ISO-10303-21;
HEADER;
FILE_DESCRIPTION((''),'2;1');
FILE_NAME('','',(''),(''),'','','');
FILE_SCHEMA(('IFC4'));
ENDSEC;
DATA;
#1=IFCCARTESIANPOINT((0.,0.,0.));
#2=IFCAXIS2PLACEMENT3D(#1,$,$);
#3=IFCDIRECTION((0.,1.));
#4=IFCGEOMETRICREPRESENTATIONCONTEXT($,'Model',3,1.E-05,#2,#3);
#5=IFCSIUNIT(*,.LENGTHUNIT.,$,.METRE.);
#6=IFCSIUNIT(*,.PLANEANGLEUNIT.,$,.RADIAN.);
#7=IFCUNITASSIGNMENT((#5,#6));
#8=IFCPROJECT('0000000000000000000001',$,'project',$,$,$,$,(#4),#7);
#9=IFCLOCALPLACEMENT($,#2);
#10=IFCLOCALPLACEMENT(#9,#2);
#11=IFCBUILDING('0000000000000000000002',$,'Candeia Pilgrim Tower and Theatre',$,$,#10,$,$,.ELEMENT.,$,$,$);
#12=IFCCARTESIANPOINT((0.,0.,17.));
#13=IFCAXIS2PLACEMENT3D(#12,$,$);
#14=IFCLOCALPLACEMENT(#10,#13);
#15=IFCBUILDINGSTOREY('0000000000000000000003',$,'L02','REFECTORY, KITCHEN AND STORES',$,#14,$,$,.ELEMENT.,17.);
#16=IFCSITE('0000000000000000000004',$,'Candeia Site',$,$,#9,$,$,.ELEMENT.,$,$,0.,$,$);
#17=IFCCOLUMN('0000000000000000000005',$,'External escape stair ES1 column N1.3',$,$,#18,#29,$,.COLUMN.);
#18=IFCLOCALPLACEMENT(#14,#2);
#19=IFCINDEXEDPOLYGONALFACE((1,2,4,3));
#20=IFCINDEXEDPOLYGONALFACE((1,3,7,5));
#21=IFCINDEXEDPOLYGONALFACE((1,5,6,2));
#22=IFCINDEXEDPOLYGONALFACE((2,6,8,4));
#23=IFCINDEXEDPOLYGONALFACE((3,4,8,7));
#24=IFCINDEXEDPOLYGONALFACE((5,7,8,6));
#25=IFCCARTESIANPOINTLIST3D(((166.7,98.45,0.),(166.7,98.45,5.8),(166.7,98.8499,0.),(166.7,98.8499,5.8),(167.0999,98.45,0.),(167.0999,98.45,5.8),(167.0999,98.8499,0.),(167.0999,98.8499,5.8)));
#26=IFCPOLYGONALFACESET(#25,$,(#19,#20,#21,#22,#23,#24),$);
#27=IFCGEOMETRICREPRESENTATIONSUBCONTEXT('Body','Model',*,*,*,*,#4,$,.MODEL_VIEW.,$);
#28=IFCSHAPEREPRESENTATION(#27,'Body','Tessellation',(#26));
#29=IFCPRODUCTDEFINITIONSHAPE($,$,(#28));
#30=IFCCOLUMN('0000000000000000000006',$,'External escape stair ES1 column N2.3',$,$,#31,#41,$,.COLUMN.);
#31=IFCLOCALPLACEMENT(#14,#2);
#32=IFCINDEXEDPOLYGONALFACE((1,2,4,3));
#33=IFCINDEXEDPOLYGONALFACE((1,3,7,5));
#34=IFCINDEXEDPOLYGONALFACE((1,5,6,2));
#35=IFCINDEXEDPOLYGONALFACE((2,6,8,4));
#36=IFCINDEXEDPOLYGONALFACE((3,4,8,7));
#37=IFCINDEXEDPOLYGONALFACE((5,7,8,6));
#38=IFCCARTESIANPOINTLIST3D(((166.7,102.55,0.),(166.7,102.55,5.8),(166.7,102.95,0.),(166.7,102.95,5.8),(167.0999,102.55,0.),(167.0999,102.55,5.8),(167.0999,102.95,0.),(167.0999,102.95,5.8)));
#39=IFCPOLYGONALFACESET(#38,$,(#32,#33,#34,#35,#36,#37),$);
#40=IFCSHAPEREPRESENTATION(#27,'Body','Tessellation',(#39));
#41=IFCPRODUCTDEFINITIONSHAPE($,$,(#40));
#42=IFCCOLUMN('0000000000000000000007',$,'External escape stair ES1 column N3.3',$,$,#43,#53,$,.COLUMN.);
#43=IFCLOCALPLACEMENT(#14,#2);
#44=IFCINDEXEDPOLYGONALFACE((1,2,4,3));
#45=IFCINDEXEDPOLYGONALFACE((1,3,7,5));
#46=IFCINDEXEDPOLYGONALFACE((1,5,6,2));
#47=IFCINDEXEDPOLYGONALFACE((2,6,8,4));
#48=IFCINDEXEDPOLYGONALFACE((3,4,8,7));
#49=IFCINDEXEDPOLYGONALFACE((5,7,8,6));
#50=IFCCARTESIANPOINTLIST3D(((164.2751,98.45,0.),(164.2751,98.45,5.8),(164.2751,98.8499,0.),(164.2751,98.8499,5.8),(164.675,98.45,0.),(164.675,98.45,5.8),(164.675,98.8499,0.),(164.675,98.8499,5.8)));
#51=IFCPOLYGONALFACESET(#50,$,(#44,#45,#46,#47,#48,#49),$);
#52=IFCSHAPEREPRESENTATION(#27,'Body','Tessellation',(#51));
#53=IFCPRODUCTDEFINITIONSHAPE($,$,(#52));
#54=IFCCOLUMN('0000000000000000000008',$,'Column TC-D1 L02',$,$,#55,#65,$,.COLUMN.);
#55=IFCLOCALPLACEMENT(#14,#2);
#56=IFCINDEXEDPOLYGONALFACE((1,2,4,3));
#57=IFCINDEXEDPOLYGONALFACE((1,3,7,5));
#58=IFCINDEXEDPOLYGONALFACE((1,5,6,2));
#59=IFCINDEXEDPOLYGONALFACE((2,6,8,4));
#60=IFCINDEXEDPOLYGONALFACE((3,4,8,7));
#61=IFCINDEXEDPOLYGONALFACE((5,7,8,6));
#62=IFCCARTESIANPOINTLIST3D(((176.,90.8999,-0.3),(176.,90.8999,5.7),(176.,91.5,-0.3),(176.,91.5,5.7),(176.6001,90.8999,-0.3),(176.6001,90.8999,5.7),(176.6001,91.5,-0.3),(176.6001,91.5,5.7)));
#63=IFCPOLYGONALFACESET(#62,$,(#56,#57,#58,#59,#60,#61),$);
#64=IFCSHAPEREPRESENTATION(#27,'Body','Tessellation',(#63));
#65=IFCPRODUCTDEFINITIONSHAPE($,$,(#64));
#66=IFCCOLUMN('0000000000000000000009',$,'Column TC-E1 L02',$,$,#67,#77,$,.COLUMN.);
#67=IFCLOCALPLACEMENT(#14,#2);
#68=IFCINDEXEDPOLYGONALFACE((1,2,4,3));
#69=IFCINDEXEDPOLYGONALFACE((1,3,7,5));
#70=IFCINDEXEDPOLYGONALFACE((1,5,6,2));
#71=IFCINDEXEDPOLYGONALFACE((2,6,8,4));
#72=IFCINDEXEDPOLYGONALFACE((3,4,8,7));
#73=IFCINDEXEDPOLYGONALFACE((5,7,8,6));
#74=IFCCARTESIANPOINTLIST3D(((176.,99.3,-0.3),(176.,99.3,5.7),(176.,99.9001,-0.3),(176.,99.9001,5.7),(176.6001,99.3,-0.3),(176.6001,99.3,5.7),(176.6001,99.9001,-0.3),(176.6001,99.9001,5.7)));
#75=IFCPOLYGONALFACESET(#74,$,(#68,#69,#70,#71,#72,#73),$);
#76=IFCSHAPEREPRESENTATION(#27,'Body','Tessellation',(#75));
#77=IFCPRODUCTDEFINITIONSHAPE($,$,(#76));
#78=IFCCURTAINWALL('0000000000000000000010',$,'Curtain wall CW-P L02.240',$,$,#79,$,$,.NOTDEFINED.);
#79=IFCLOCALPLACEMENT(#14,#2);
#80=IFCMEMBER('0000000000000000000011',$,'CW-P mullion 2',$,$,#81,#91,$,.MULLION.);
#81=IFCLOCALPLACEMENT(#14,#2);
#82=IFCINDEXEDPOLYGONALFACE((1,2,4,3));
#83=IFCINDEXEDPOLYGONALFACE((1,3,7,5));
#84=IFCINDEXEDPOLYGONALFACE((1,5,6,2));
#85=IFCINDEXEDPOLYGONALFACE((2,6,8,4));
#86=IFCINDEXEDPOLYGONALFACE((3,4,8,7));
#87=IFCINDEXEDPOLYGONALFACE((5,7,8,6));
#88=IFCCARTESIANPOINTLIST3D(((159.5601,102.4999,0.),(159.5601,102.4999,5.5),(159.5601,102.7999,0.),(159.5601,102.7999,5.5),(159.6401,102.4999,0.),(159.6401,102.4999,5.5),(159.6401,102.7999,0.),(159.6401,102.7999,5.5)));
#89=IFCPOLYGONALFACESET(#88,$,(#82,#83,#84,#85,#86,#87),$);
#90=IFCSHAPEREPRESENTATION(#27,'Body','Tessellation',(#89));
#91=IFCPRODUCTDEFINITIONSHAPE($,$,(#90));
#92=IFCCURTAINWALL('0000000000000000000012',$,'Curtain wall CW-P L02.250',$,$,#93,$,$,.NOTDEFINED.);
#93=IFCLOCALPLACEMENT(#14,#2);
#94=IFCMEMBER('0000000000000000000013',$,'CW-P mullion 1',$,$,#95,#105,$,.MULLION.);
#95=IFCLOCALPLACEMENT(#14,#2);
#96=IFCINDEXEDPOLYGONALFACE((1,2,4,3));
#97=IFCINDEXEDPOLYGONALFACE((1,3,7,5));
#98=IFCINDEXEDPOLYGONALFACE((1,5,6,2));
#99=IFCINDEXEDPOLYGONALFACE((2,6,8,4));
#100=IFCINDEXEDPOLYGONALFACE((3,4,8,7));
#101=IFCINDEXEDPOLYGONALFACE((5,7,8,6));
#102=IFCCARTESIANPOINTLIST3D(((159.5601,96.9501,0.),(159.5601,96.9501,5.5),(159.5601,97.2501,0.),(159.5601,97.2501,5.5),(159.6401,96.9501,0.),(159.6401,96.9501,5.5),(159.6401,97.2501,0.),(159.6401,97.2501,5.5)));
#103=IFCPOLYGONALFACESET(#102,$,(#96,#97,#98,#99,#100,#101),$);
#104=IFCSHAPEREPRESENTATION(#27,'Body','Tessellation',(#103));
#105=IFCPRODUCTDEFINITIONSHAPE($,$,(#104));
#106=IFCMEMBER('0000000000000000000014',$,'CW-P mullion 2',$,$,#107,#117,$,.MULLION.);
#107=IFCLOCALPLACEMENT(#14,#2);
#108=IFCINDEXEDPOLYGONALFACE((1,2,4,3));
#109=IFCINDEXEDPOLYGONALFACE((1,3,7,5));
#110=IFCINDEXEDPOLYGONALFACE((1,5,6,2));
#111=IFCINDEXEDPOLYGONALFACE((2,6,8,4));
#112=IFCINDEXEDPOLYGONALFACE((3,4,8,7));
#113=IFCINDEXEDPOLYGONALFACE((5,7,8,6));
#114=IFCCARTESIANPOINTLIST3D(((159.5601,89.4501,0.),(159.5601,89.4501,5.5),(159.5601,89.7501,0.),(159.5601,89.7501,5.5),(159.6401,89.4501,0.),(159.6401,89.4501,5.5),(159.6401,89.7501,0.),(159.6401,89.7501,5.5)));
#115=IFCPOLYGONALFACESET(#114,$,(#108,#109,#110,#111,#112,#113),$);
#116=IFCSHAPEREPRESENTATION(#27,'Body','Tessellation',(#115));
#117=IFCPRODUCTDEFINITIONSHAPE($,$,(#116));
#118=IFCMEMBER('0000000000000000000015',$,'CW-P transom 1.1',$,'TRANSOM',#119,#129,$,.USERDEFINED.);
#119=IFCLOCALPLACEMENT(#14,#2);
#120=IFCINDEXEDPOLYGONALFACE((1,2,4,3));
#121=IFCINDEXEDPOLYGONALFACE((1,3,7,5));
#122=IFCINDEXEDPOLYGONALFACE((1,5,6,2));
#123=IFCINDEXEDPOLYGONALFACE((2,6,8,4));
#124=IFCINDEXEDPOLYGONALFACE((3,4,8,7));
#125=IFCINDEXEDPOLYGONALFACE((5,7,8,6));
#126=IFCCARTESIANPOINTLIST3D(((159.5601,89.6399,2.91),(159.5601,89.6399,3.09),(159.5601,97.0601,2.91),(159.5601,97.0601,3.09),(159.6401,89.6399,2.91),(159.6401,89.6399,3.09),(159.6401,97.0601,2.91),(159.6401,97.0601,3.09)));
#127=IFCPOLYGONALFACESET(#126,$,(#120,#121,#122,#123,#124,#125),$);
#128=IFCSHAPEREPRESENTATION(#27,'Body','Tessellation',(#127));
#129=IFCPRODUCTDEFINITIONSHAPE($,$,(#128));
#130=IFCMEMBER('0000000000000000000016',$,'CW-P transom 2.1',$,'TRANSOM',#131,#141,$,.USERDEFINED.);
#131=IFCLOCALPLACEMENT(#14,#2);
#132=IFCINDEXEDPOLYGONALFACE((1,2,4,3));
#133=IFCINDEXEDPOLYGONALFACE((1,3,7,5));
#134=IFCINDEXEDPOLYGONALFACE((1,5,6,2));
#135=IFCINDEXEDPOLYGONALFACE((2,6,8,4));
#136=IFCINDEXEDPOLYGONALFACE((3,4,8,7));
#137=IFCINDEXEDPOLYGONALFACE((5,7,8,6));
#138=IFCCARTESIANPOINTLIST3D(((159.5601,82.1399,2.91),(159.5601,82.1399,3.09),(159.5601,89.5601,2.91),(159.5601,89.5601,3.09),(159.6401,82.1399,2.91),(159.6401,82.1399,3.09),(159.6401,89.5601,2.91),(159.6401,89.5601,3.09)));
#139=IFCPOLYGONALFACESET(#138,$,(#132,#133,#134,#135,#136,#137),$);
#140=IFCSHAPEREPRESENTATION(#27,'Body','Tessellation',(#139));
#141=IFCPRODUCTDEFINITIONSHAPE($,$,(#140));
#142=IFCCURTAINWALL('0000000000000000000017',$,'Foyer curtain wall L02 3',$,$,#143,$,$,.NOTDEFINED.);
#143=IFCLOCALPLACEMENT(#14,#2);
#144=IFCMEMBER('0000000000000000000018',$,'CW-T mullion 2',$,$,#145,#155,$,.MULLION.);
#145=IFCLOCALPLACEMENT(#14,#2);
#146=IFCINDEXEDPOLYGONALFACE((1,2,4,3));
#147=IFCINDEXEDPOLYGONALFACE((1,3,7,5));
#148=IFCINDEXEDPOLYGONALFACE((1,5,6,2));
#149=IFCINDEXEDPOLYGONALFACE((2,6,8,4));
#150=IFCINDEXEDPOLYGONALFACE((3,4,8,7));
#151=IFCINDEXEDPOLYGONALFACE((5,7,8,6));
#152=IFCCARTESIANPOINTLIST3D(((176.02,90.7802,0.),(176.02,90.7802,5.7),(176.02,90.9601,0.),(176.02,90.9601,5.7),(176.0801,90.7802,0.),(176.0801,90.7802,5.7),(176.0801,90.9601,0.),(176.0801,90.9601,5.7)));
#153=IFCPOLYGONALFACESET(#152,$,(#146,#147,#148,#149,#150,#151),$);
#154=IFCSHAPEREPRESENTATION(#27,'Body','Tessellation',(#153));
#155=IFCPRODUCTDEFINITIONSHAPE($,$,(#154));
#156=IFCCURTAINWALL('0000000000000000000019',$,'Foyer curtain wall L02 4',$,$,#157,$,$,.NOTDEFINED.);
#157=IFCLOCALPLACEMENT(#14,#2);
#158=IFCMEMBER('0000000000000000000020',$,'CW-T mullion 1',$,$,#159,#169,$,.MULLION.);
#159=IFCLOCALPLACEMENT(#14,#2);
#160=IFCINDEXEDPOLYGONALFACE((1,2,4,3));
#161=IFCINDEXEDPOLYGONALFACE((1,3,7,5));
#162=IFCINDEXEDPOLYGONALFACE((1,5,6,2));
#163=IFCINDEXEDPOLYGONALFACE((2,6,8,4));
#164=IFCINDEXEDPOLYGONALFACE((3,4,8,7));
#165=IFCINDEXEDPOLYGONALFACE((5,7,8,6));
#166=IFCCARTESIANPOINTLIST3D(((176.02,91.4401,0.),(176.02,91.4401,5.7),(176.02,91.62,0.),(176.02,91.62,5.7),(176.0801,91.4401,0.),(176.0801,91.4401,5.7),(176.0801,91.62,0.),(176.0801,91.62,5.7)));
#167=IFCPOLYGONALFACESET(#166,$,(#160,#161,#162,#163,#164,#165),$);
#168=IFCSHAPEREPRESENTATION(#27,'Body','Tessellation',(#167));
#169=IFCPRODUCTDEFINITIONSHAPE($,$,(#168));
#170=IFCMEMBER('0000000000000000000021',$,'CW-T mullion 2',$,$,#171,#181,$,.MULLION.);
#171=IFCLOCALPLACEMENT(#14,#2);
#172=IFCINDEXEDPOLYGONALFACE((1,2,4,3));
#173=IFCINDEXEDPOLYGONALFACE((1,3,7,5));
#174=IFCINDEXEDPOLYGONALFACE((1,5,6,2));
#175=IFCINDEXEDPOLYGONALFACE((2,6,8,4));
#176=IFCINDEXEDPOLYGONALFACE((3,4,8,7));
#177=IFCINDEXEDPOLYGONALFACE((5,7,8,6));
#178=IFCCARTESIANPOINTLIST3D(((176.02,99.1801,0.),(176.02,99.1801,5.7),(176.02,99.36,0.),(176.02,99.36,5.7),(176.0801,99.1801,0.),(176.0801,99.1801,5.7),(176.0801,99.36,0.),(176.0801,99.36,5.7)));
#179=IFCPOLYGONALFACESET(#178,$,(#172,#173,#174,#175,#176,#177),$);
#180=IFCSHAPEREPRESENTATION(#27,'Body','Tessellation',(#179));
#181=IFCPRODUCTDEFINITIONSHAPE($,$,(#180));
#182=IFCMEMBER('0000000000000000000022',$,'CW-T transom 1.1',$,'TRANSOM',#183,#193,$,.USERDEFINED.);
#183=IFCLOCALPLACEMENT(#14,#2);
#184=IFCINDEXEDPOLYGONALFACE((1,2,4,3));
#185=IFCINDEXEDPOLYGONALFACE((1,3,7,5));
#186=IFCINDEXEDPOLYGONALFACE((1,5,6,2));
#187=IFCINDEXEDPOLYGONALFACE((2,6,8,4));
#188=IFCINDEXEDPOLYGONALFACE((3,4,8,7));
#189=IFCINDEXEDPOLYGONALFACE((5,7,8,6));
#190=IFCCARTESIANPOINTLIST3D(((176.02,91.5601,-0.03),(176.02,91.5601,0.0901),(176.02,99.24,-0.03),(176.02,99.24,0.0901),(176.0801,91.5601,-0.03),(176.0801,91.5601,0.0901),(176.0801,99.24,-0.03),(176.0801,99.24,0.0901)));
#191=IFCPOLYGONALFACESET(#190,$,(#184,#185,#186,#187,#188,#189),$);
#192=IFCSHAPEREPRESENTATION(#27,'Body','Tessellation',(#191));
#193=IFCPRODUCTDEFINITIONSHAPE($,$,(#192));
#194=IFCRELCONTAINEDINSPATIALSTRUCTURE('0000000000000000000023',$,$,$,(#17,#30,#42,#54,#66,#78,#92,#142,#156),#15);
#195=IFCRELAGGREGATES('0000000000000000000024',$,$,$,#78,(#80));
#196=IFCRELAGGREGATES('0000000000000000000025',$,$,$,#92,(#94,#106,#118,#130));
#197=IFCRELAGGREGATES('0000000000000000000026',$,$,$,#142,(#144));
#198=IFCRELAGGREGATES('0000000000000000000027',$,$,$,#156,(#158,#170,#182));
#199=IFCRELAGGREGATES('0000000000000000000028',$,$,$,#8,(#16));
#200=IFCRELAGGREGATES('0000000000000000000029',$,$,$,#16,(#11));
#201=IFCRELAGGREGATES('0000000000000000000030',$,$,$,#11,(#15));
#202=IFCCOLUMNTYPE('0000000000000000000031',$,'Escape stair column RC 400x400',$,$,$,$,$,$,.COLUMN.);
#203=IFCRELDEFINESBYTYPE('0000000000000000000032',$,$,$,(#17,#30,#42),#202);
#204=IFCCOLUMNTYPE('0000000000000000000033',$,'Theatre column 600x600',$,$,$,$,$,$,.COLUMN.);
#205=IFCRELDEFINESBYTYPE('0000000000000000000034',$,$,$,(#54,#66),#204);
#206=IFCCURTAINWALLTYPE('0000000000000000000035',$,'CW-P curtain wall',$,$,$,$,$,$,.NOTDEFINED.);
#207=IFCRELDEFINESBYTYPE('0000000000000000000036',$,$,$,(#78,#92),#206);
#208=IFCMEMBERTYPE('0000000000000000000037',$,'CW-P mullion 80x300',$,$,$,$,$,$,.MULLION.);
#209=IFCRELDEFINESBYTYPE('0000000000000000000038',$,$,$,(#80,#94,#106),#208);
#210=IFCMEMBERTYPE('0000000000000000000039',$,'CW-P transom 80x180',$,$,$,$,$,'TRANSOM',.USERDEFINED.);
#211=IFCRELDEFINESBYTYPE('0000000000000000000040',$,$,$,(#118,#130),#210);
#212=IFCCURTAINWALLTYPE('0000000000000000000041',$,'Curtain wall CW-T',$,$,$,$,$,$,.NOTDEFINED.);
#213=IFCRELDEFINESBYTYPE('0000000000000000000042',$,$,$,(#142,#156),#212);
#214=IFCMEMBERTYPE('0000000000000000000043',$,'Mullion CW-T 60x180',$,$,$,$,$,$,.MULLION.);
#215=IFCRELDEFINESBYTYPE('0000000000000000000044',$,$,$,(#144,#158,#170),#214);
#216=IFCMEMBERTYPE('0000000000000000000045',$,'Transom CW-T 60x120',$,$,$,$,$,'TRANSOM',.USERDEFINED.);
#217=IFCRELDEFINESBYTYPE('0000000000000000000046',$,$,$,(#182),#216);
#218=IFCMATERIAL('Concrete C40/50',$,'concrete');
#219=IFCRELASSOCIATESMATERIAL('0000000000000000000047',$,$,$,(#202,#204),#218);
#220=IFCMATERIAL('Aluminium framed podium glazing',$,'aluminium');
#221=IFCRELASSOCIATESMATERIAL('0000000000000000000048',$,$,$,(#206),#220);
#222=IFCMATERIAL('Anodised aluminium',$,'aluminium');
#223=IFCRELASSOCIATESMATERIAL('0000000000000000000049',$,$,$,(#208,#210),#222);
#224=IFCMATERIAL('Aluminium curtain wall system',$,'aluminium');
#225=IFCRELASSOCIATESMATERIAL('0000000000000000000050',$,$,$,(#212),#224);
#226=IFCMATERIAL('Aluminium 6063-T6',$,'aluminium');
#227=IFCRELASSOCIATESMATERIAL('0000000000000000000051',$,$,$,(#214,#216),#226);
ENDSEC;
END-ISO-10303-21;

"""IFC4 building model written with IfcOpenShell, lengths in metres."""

from ifc_helpers import new_model, si_unit, direction, frame, origin, origin_2d, place, context, subcontext, project, spatial, rectangle, extrude, material, material_profile, profile_set, type_object, element, aggregate, save


model = new_model("IFC4")

# Units and contexts
model_context = context("Model", 3, precision=1e-05, world=origin(), true_north=direction((0.0, 1.0)))
body_context = subcontext(model_context, "Body", "Model", "MODEL_VIEW")
ifc_project = project(units=[si_unit("LENGTHUNIT", "METRE"), si_unit("PLANEANGLEUNIT", "RADIAN")], contexts=[model_context])

# Site, building, storey
site_placement = place(None, origin())
site = spatial("IfcSite", under=ifc_project, at=site_placement, Name="Candeia Site", CompositionType="ELEMENT", RefElevation=0.0)
building_placement = place(site_placement, origin())
building = spatial("IfcBuilding", under=site, at=building_placement, Name="Candeia Pilgrim Tower and Theatre", CompositionType="ELEMENT")
storey_placement = place(building_placement, frame((0.0, 0.0, 17.0)))
storey = spatial("IfcBuildingStorey", under=building, at=storey_placement, Name="L02", Description="REFECTORY, KITCHEN AND STORES", CompositionType="ELEMENT", Elevation=17.0)

# Columns
ifc_material_1 = material(Name="Concrete C40/50", Category="concrete")
ifc_material_profile_1 = material_profile(ifc_material_1, rectangle(XDim=0.3999, YDim=0.3999, at=origin_2d()))
ifc_profile_set_1 = profile_set([ifc_material_profile_1], Name="Concrete C40/50")
column_type_1 = type_object("IfcColumnType", Name="Escape stair column RC 400x400", PredefinedType="COLUMN", material=ifc_profile_set_1)
for number, where, z_axis, x_axis, name in (
    (1, (166.8999, 98.6499, 0.0), (0.0, 0.0, 1.0), (1.0, 0.0, 0.0), "External escape stair ES1 column N1.3"),
    (2, (166.8999, 102.75, 0.0), (0.0, 0.0, 1.0), (1.0, 0.0, 0.0), "External escape stair ES1 column N2.3"),
    (3, (164.4751, 98.6499, 0.0), (0.0, 0.0, 1.0), (1.0, 0.0, 0.0), "External escape stair ES1 column N3.3"),
):
    element("IfcColumn", number, at=place(storey_placement, frame(where, z_axis=z_axis, x_axis=x_axis)), inside=storey, type_object=column_type_1, Name=name, PredefinedType="COLUMN", context=body_context, shape_type="SweptSolid", body=[
        extrude(rectangle(XDim=0.3999, YDim=0.3999, at=origin_2d()), origin(), (0.0, 0.0, 1.0), 5.8),
    ])
ifc_material_profile_2 = material_profile(ifc_material_1, rectangle(XDim=0.6001, YDim=0.6001, at=origin_2d()))
ifc_profile_set_2 = profile_set([ifc_material_profile_2], Name="Concrete C40/50")
column_type_2 = type_object("IfcColumnType", Name="Theatre column 600x600", PredefinedType="COLUMN", material=ifc_profile_set_2)
for number, where, z_axis, x_axis, name in (
    (4, (176.3, 91.2, -0.3), (0.0, 0.0, 1.0), (1.0, 0.0, 0.0), "Column TC-D1 L02"),
    (5, (176.3, 99.6001, -0.3), (0.0, 0.0, 1.0), (1.0, 0.0, 0.0), "Column TC-E1 L02"),
):
    element("IfcColumn", number, at=place(storey_placement, frame(where, z_axis=z_axis, x_axis=x_axis)), inside=storey, type_object=column_type_2, Name=name, PredefinedType="COLUMN", context=body_context, shape_type="SweptSolid", body=[
        extrude(rectangle(XDim=0.6001, YDim=0.6001, at=origin_2d()), origin(), (0.0, 0.0, 1.0), 6.0),
    ])

# Curtain wall, member
ifc_material_2 = material(Name="Aluminium framed podium glazing", Category="aluminium")
curtain_wall_type_1 = type_object("IfcCurtainWallType", Name="CW-P curtain wall", PredefinedType="NOTDEFINED", material=ifc_material_2)
curtain_wall_1_placement = place(storey_placement, origin())
curtain_wall_1 = element("IfcCurtainWall", 6, at=curtain_wall_1_placement, inside=storey, type_object=curtain_wall_type_1, Name="Curtain wall CW-P L02.240", PredefinedType="NOTDEFINED")
ifc_material_3 = material(Name="Anodised aluminium", Category="aluminium")
ifc_material_profile_3 = material_profile(ifc_material_3, rectangle(XDim=0.0801, YDim=0.3, at=origin_2d()))
ifc_profile_set_3 = profile_set([ifc_material_profile_3], Name="Anodised aluminium")
member_type_1 = type_object("IfcMemberType", Name="CW-P mullion 80x300", PredefinedType="MULLION", material=ifc_profile_set_3)
member_1_placement = place(storey_placement, frame((159.6001, 102.6499, 0.0), z_axis=(0.0, 0.0, 1.0), x_axis=(1.0, 0.0, 0.0)))
member_1 = element("IfcMember", 7, at=member_1_placement, type_object=member_type_1, Name="CW-P mullion 2", PredefinedType="MULLION", context=body_context, shape_type="SweptSolid", body=[
    extrude(rectangle(XDim=0.0801, YDim=0.3, at=origin_2d()), origin(), (0.0, 0.0, 1.0), 5.5),
])
aggregate(curtain_wall_1, [member_1])

# Curtain wall, members
curtain_wall_2_placement = place(storey_placement, origin())
curtain_wall_2 = element("IfcCurtainWall", 8, at=curtain_wall_2_placement, inside=storey, type_object=curtain_wall_type_1, Name="Curtain wall CW-P L02.250", PredefinedType="NOTDEFINED")
member_2_placement = place(storey_placement, frame((159.6001, 97.1001, 0.0), z_axis=(0.0, 0.0, 1.0), x_axis=(1.0, 0.0, 0.0)))
member_2 = element("IfcMember", 9, at=member_2_placement, type_object=member_type_1, Name="CW-P mullion 1", PredefinedType="MULLION", context=body_context, shape_type="SweptSolid", body=[
    extrude(rectangle(XDim=0.0801, YDim=0.3, at=origin_2d()), origin(), (0.0, 0.0, 1.0), 5.5),
])
member_3_placement = place(storey_placement, frame((159.6001, 89.6001, 0.0), z_axis=(0.0, 0.0, 1.0), x_axis=(1.0, 0.0, 0.0)))
member_3 = element("IfcMember", 10, at=member_3_placement, type_object=member_type_1, Name="CW-P mullion 2", PredefinedType="MULLION", context=body_context, shape_type="SweptSolid", body=[
    extrude(rectangle(XDim=0.0801, YDim=0.3, at=origin_2d()), origin(), (0.0, 0.0, 1.0), 5.5),
])
ifc_material_profile_4 = material_profile(ifc_material_3, rectangle(XDim=0.0801, YDim=0.1799, at=origin_2d()))
ifc_profile_set_4 = profile_set([ifc_material_profile_4], Name="Anodised aluminium")
member_type_2 = type_object("IfcMemberType", Name="CW-P transom 80x180", ElementType="TRANSOM", PredefinedType="USERDEFINED", material=ifc_profile_set_4)
member_4_placement = place(storey_placement, frame((159.6001, 97.0601, 3.0), z_axis=(0.0, -1.0, 0.0), x_axis=(1.0, 0.0, 0.0)))
member_4 = element("IfcMember", 11, at=member_4_placement, type_object=member_type_2, Name="CW-P transom 1.1", ObjectType="TRANSOM", PredefinedType="USERDEFINED", context=body_context, shape_type="SweptSolid", body=[
    extrude(rectangle(XDim=0.0801, YDim=0.1799, at=origin_2d()), origin(), (0.0, 0.0, 1.0), 7.4202),
])
member_5_placement = place(storey_placement, frame((159.6001, 89.5601, 3.0), z_axis=(0.0, -1.0, 0.0), x_axis=(1.0, 0.0, 0.0)))
member_5 = element("IfcMember", 12, at=member_5_placement, type_object=member_type_2, Name="CW-P transom 2.1", ObjectType="TRANSOM", PredefinedType="USERDEFINED", context=body_context, shape_type="SweptSolid", body=[
    extrude(rectangle(XDim=0.0801, YDim=0.1799, at=origin_2d()), origin(), (0.0, 0.0, 1.0), 7.4202),
])

# Curtain wall, member
ifc_material_4 = material(Name="Aluminium curtain wall system", Category="aluminium")
curtain_wall_type_2 = type_object("IfcCurtainWallType", Name="Curtain wall CW-T", PredefinedType="NOTDEFINED", material=ifc_material_4)
curtain_wall_3_placement = place(storey_placement, origin())
curtain_wall_3 = element("IfcCurtainWall", 13, at=curtain_wall_3_placement, inside=storey, type_object=curtain_wall_type_2, Name="Foyer curtain wall L02 3", PredefinedType="NOTDEFINED")
ifc_material_5 = material(Name="Aluminium 6063-T6", Category="aluminium")
ifc_material_profile_5 = material_profile(ifc_material_5, rectangle(XDim=0.0601, YDim=0.1799, at=origin_2d()))
ifc_profile_set_5 = profile_set([ifc_material_profile_5], Name="Aluminium 6063-T6")
member_type_3 = type_object("IfcMemberType", Name="Mullion CW-T 60x180", PredefinedType="MULLION", material=ifc_profile_set_5)
member_6_placement = place(storey_placement, frame((176.05, 90.8701, 0.0), z_axis=(0.0, 0.0, 1.0), x_axis=(-1.0, 0.0, 0.0)))
member_6 = element("IfcMember", 14, at=member_6_placement, type_object=member_type_3, Name="CW-T mullion 2", PredefinedType="MULLION", context=body_context, shape_type="SweptSolid", body=[
    extrude(rectangle(XDim=0.0601, YDim=0.1799, at=origin_2d()), origin(), (0.0, 0.0, 1.0), 5.7),
])

# Curtain wall, members
curtain_wall_4_placement = place(storey_placement, origin())
curtain_wall_4 = element("IfcCurtainWall", 15, at=curtain_wall_4_placement, inside=storey, type_object=curtain_wall_type_2, Name="Foyer curtain wall L02 4", PredefinedType="NOTDEFINED")
member_7_placement = place(storey_placement, frame((176.05, 91.53, 0.0), z_axis=(0.0, 0.0, 1.0), x_axis=(-1.0, 0.0, 0.0)))
member_7 = element("IfcMember", 16, at=member_7_placement, type_object=member_type_3, Name="CW-T mullion 1", PredefinedType="MULLION", context=body_context, shape_type="SweptSolid", body=[
    extrude(rectangle(XDim=0.0601, YDim=0.1799, at=origin_2d()), origin(), (0.0, 0.0, 1.0), 5.7),
])
member_8_placement = place(storey_placement, frame((176.05, 99.27, 0.0), z_axis=(0.0, 0.0, 1.0), x_axis=(-1.0, 0.0, 0.0)))
member_8 = element("IfcMember", 17, at=member_8_placement, type_object=member_type_3, Name="CW-T mullion 2", PredefinedType="MULLION", context=body_context, shape_type="SweptSolid", body=[
    extrude(rectangle(XDim=0.0601, YDim=0.1799, at=origin_2d()), origin(), (0.0, 0.0, 1.0), 5.7),
])
ifc_material_profile_6 = material_profile(ifc_material_5, rectangle(XDim=0.0601, YDim=0.1201, at=origin_2d()))
ifc_profile_set_6 = profile_set([ifc_material_profile_6], Name="Aluminium 6063-T6")
member_type_4 = type_object("IfcMemberType", Name="Transom CW-T 60x120", ElementType="TRANSOM", PredefinedType="USERDEFINED", material=ifc_profile_set_6)
member_9_placement = place(storey_placement, frame((176.05, 91.5601, 0.03), z_axis=(0.0, 1.0, 0.0), x_axis=(-1.0, 0.0, 0.0)))
member_9 = element("IfcMember", 18, at=member_9_placement, type_object=member_type_4, Name="CW-T transom 1.1", ObjectType="TRANSOM", PredefinedType="USERDEFINED", context=body_context, shape_type="SweptSolid", body=[
    extrude(rectangle(XDim=0.0601, YDim=0.1201, at=origin_2d()), origin(), (0.0, 0.0, 1.0), 7.6799),
])

aggregate(curtain_wall_2, [member_2, member_3, member_4, member_5])
aggregate(curtain_wall_3, [member_6])
aggregate(curtain_wall_4, [member_7, member_8, member_9])

save(model, "model.ifc")
